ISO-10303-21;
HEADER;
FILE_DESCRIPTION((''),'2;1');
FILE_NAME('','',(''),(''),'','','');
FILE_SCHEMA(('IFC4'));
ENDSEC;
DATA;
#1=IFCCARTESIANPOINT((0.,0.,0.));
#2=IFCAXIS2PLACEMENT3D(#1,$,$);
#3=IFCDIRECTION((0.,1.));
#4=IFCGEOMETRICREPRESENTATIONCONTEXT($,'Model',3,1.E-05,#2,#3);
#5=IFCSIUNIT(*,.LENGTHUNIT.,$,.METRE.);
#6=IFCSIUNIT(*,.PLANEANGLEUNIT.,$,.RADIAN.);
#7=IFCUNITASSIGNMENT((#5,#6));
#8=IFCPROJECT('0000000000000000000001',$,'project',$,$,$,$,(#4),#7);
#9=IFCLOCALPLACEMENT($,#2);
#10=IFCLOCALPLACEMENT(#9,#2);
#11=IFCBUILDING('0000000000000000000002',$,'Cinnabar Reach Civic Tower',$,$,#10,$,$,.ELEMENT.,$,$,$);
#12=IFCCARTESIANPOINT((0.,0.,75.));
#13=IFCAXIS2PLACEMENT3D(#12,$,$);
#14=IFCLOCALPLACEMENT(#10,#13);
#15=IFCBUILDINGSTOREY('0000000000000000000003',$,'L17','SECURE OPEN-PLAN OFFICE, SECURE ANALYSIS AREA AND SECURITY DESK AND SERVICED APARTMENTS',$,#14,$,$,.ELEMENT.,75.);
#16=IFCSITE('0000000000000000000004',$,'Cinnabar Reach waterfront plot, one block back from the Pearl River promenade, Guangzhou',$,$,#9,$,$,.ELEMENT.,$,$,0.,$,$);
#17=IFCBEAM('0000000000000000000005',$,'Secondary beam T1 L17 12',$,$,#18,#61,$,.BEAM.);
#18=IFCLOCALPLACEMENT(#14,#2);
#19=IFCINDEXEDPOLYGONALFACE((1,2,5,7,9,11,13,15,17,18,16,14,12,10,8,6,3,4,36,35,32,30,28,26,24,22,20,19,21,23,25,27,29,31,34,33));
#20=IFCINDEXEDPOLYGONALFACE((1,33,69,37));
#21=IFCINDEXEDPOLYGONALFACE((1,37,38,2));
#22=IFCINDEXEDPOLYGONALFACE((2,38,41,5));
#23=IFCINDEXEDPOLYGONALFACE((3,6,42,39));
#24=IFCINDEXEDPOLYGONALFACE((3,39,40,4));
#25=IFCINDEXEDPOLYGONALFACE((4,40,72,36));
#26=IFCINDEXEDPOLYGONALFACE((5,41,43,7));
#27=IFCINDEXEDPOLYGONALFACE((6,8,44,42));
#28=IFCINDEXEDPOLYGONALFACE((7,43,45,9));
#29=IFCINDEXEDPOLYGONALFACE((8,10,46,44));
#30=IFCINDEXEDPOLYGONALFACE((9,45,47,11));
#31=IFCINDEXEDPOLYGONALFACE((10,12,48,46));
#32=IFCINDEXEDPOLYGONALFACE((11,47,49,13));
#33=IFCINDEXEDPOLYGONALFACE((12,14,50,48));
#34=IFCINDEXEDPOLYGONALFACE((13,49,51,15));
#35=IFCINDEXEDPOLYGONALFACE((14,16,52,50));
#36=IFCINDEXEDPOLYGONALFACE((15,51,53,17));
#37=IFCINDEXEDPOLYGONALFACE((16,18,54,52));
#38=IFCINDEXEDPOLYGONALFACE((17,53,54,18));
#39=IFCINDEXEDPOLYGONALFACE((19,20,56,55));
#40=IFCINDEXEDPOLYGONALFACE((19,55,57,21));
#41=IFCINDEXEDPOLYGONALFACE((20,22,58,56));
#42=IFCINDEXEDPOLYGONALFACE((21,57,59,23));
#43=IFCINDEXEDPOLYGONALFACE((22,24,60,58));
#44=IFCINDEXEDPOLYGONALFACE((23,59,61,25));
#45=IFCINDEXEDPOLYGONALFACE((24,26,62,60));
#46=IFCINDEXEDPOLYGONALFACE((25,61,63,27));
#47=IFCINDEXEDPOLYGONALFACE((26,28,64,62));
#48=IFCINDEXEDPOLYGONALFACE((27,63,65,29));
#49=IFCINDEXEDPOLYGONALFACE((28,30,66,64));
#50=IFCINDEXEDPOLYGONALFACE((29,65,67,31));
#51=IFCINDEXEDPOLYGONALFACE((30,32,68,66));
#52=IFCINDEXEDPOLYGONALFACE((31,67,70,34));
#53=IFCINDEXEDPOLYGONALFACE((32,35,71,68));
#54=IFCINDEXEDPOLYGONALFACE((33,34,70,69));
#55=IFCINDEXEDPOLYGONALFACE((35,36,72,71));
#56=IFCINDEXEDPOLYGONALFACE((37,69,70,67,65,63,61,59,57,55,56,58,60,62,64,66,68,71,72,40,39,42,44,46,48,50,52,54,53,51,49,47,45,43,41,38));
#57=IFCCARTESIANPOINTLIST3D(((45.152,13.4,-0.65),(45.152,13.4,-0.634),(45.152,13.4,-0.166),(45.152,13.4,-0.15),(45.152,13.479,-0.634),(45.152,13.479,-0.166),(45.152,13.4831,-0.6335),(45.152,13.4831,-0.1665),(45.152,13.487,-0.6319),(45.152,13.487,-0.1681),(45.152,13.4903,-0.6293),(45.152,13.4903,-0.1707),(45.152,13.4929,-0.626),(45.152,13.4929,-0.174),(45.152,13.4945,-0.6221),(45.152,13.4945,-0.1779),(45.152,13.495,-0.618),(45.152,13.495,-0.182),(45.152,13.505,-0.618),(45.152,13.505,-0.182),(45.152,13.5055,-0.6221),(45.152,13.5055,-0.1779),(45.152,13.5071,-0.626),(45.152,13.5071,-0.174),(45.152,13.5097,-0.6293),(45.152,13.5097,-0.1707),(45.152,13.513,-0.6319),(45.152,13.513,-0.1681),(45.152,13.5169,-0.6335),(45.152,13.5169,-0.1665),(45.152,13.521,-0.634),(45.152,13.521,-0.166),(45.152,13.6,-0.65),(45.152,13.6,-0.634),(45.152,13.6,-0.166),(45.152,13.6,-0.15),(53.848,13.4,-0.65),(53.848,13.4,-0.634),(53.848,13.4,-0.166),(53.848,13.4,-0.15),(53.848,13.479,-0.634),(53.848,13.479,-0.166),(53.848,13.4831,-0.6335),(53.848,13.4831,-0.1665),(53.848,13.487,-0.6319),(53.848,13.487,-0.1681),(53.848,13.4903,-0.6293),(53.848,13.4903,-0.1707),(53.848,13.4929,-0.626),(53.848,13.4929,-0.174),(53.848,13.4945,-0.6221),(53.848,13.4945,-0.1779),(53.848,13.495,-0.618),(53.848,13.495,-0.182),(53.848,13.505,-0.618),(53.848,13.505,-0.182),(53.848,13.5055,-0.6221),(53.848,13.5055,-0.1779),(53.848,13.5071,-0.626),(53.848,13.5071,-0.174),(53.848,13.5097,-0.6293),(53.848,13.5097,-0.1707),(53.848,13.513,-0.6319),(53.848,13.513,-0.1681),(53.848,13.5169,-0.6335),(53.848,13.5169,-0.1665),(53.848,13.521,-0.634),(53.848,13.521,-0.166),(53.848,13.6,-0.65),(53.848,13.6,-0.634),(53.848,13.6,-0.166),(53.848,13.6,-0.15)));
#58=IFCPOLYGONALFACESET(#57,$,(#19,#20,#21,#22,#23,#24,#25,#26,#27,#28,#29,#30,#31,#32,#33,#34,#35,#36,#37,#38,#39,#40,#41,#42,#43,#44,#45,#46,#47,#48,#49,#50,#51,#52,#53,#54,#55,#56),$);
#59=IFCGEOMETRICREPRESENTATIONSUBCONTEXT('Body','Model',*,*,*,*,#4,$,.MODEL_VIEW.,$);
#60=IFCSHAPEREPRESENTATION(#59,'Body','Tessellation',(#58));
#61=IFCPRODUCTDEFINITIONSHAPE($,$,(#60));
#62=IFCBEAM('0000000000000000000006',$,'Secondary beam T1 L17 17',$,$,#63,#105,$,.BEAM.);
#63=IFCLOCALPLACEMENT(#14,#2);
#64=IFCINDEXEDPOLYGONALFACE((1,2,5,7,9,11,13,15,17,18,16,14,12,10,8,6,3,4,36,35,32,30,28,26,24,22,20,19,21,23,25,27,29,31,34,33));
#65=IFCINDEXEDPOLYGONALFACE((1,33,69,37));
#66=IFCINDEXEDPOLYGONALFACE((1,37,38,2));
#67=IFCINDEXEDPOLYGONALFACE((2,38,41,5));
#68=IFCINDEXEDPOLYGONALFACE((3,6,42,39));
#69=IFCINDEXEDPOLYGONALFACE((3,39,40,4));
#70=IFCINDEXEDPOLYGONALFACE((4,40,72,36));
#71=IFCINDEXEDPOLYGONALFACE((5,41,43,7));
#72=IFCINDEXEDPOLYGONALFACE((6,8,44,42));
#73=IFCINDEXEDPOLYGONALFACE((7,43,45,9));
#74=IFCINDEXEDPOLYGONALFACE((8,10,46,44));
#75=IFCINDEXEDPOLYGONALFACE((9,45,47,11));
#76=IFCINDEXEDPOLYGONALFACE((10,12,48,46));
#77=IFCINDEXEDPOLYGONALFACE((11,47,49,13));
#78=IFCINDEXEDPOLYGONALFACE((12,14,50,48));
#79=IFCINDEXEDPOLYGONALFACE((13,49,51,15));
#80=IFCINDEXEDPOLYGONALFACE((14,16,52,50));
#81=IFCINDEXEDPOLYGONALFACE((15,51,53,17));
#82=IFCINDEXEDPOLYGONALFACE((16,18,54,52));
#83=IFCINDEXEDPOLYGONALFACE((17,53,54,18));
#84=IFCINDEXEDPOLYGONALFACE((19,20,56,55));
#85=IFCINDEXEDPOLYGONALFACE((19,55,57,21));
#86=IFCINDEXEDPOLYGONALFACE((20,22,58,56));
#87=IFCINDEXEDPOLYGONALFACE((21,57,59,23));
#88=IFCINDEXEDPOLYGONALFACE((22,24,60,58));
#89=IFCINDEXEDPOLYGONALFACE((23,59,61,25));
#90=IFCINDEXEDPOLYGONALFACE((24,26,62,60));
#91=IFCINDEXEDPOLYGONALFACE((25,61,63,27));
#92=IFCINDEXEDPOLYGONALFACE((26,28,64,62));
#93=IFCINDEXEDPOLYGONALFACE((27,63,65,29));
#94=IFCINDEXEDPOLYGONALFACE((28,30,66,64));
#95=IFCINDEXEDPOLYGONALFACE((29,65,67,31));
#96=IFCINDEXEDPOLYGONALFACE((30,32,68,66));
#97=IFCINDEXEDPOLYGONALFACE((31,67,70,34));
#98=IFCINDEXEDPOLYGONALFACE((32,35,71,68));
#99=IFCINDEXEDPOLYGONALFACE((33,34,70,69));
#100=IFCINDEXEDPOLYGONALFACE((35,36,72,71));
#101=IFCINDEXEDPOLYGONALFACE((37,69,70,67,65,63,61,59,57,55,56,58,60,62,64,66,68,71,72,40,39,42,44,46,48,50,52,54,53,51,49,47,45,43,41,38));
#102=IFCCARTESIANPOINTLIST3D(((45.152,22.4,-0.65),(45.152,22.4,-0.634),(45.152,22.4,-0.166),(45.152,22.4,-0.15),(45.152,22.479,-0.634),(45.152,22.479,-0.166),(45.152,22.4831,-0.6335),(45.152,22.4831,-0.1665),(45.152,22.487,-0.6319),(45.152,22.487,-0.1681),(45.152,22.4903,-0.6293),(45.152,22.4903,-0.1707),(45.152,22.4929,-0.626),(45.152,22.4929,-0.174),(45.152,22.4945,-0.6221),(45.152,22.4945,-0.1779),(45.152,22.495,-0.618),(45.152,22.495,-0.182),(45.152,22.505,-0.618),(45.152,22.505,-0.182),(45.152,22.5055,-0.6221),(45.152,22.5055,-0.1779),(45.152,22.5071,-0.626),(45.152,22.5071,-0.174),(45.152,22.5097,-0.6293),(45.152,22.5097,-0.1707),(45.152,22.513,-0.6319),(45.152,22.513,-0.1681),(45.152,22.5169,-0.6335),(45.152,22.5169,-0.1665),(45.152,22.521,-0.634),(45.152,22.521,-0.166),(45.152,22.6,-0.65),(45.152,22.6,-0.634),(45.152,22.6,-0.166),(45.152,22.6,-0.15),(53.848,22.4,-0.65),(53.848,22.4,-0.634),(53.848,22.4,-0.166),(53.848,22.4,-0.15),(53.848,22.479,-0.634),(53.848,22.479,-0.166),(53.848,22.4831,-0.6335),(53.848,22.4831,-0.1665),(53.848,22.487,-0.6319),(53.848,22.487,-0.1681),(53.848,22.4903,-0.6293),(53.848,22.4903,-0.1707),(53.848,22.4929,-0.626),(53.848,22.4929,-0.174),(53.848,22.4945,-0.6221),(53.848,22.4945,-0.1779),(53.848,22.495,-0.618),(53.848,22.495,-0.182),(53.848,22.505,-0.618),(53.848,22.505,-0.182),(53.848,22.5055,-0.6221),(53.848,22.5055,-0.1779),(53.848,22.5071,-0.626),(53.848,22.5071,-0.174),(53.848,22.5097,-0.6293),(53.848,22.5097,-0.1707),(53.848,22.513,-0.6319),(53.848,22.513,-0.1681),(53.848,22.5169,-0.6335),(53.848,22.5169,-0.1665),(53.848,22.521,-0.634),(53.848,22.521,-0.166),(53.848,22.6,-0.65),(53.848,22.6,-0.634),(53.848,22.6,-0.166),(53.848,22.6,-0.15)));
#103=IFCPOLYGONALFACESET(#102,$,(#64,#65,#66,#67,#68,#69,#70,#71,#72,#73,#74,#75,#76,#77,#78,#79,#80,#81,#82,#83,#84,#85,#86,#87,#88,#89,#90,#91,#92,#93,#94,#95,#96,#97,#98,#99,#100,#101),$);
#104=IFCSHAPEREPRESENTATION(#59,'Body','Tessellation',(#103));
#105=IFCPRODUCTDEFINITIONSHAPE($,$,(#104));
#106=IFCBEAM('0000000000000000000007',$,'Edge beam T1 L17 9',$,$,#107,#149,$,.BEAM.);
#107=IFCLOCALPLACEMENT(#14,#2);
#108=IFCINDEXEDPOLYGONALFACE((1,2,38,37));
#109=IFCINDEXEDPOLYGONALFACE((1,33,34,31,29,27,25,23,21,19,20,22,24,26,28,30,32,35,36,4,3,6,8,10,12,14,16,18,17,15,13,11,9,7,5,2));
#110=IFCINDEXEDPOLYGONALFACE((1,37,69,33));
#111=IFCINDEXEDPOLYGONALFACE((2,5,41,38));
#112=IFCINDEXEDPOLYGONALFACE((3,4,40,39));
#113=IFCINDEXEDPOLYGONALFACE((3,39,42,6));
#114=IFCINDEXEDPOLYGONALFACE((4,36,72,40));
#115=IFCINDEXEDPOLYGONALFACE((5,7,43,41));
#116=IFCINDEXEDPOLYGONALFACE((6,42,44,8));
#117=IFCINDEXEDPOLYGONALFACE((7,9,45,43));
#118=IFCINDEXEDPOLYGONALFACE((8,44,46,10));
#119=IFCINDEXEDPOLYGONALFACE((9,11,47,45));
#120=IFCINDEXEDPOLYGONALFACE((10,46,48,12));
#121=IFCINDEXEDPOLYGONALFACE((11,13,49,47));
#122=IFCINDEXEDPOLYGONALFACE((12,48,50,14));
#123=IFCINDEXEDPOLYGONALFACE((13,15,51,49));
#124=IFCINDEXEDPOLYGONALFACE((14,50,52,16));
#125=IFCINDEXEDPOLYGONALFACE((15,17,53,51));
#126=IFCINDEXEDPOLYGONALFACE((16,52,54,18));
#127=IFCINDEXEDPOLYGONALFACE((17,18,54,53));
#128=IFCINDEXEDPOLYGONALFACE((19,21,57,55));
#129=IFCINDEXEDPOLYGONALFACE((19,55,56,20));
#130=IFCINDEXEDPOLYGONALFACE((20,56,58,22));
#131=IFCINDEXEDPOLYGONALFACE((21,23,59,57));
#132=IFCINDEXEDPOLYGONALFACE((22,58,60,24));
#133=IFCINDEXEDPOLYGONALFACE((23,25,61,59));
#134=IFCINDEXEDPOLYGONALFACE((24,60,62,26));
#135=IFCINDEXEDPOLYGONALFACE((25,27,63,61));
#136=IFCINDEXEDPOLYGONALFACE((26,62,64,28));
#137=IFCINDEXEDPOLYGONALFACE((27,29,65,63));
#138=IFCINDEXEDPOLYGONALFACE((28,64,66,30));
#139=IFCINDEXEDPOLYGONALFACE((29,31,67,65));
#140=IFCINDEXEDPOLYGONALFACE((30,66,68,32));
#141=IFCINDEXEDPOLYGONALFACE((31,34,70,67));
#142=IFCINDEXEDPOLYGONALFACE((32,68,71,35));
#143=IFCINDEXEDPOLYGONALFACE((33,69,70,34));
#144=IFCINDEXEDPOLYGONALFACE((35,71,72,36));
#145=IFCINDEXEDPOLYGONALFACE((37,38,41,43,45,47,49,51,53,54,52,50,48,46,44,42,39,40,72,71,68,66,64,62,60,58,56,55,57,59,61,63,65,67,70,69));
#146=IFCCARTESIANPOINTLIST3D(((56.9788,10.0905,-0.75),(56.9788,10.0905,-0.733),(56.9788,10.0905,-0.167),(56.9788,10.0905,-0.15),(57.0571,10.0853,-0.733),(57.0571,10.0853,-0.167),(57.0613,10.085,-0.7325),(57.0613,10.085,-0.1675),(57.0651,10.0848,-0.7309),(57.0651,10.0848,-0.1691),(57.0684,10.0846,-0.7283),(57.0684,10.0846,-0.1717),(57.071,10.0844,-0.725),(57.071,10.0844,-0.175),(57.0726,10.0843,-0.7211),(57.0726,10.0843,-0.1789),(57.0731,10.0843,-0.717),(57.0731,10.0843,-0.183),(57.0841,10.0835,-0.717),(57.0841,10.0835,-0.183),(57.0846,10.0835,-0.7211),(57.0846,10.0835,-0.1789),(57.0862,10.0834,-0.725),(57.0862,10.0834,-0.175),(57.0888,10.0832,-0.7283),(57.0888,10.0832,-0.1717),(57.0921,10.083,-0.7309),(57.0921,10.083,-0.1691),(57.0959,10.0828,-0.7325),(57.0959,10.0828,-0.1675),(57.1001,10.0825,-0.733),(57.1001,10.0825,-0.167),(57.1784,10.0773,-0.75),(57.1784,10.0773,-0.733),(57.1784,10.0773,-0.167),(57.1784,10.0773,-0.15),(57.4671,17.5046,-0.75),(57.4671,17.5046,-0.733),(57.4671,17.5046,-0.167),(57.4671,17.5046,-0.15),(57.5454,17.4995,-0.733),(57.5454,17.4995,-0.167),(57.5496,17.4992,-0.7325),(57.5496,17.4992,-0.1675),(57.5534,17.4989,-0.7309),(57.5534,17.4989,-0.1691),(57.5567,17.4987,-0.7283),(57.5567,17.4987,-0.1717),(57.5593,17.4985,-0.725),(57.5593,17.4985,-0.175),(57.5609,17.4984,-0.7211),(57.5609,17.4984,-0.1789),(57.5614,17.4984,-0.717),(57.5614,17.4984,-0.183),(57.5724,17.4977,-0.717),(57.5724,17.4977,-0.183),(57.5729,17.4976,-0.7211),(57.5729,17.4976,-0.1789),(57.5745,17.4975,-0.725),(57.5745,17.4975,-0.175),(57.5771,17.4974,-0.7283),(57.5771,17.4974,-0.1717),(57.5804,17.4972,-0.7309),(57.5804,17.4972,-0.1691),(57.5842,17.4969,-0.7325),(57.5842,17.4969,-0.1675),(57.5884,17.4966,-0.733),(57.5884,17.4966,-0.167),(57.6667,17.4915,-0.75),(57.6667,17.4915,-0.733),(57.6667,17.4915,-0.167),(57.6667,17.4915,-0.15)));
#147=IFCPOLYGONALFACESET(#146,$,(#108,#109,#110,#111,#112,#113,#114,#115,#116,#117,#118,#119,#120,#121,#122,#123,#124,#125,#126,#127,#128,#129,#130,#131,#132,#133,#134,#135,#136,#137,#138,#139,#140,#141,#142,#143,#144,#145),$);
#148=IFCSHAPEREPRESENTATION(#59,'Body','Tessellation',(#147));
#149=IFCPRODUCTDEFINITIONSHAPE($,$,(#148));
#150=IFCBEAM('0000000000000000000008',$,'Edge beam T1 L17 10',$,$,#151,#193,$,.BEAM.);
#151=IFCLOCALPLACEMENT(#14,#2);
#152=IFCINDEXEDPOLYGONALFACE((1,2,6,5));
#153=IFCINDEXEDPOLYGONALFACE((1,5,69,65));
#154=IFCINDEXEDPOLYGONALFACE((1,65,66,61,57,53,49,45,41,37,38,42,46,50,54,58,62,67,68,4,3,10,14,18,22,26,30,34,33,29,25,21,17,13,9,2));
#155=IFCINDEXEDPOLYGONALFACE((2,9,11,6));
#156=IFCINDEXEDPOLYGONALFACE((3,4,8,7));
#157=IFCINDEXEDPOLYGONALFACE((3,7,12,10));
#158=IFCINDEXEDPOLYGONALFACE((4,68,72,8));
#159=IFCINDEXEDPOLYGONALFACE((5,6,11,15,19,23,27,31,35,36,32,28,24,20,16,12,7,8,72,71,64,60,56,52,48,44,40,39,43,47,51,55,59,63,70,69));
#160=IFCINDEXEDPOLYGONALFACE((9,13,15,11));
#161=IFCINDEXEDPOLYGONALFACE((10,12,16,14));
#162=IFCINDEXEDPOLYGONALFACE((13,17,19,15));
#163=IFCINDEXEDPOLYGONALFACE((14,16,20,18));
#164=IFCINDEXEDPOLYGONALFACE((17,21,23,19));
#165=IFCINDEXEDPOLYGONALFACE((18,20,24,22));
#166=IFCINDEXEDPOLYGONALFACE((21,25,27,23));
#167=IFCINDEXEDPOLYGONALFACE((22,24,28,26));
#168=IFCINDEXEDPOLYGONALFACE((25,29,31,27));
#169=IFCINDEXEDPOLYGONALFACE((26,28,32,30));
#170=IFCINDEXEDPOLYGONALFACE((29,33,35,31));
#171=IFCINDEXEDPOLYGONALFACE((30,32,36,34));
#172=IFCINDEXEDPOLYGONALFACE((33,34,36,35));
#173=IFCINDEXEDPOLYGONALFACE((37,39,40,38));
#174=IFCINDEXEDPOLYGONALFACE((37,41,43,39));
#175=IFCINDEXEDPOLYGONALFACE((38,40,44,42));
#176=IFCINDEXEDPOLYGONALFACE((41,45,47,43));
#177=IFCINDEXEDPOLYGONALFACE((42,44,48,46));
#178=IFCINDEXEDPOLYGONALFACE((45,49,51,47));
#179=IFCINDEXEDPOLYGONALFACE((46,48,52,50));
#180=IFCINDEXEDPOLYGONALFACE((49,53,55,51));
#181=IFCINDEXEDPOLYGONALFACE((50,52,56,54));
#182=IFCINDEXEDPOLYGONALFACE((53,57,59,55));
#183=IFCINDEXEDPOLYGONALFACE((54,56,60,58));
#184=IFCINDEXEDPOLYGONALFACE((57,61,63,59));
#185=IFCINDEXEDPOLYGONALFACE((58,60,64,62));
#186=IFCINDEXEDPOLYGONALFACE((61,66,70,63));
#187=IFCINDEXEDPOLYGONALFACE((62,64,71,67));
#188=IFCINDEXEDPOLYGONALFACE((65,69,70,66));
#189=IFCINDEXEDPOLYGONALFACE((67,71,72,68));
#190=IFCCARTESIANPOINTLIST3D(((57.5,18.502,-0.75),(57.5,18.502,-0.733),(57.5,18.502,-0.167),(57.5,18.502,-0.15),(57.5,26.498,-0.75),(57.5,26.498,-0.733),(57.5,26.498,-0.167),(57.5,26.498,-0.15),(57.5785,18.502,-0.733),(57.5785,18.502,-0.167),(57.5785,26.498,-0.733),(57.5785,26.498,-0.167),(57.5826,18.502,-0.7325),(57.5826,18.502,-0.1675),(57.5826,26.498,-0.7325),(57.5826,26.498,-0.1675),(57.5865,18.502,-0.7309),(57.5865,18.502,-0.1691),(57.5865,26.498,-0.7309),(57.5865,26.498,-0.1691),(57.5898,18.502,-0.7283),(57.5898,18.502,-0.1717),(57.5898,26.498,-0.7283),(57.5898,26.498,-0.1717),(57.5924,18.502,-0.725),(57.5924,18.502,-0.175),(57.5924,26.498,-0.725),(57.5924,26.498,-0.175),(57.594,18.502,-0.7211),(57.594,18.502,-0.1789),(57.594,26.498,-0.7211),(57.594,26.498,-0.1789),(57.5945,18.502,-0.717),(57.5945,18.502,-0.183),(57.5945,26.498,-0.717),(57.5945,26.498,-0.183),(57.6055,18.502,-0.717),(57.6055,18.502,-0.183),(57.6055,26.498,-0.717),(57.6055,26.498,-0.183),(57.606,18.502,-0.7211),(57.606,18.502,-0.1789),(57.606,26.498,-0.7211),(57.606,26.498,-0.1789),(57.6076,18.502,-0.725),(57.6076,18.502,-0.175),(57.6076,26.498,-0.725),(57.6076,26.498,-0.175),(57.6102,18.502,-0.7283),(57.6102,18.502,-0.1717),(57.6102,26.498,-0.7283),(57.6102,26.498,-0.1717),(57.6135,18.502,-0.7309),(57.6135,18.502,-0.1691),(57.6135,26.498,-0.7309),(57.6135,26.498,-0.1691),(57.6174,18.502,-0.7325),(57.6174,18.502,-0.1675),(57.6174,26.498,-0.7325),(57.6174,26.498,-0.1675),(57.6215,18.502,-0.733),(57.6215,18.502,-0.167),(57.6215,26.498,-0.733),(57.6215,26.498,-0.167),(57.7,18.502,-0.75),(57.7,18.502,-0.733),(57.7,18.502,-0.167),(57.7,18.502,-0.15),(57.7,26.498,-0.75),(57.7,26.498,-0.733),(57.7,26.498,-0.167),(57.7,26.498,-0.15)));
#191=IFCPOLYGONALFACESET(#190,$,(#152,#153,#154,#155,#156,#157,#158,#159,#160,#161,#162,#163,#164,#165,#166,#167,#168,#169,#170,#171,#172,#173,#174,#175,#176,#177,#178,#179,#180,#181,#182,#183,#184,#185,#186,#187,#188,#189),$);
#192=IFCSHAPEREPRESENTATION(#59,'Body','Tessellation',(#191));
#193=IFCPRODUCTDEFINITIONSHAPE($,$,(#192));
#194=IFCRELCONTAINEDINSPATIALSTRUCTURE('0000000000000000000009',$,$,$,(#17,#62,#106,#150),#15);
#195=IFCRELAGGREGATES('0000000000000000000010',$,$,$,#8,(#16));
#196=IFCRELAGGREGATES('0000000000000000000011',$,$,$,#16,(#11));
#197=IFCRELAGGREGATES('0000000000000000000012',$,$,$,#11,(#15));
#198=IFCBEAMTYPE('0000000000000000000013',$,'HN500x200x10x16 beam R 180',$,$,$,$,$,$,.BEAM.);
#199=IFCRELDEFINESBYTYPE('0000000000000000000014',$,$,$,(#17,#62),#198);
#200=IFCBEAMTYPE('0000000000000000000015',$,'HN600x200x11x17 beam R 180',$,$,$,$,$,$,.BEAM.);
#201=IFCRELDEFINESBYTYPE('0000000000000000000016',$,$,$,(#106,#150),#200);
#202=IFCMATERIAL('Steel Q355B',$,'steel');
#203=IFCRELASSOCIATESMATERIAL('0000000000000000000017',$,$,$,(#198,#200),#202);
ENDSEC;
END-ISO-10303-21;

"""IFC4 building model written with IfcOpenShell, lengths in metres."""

from ifc_helpers import new_model, si_unit, direction, frame, origin, origin_2d, place, context, subcontext, project, spatial, i_section, extrude, material, material_profile, profile_set, type_object, element, save


model = new_model("IFC4")

# Units and contexts
model_context = context("Model", 3, precision=1e-05, world=origin(), true_north=direction((0.0, 1.0)))
body_context = subcontext(model_context, "Body", "Model", "MODEL_VIEW")
ifc_project = project(units=[si_unit("LENGTHUNIT", "METRE"), si_unit("PLANEANGLEUNIT", "RADIAN")], contexts=[model_context])

# Site, building, storey
site_placement = place(None, origin())
site = spatial("IfcSite", under=ifc_project, at=site_placement, Name="Cinnabar Reach waterfront plot, one block back from the Pearl River promenade, Guangzhou", CompositionType="ELEMENT", RefElevation=0.0)
building_placement = place(site_placement, origin())
building = spatial("IfcBuilding", under=site, at=building_placement, Name="Cinnabar Reach Civic Tower", CompositionType="ELEMENT")
storey_placement = place(building_placement, frame((0.0, 0.0, 75.0)))
storey = spatial("IfcBuildingStorey", under=building, at=storey_placement, Name="L17", Description="SECURE OPEN-PLAN OFFICE, SECURE ANALYSIS AREA AND SECURITY DESK AND SERVICED APARTMENTS", CompositionType="ELEMENT", Elevation=75.0)

# Beams
ifc_material_1 = material(Name="Steel Q355B", Category="steel")
ifc_material_profile_1 = material_profile(ifc_material_1, i_section(OverallWidth=0.2, OverallDepth=0.5, WebThickness=0.01, FlangeThickness=0.016, FilletRadius=0.016, at=origin_2d()), Name="HN500x200x10x16")
ifc_profile_set_1 = profile_set([ifc_material_profile_1], Name="Steel Q355B")
beam_type_1 = type_object("IfcBeamType", Name="HN500x200x10x16 beam R 180", PredefinedType="BEAM", material=ifc_profile_set_1)
for number, where, z_axis, x_axis, name in (
    (1, (45.152, 13.5, -0.4), (1.0, 0.0, 0.0), (0.0, 1.0, 0.0), "Secondary beam T1 L17 12"),
    (2, (45.152, 22.5, -0.4), (1.0, 0.0, 0.0), (0.0, 1.0, 0.0), "Secondary beam T1 L17 17"),
):
    element("IfcBeam", number, at=place(storey_placement, frame(where, z_axis=z_axis, x_axis=x_axis)), inside=storey, type_object=beam_type_1, Name=name, PredefinedType="BEAM", context=body_context, shape_type="SweptSolid", body=[
        extrude(i_section(OverallWidth=0.2, OverallDepth=0.5, WebThickness=0.01, FlangeThickness=0.016, FilletRadius=0.016, at=origin_2d()), origin(), (0.0, 0.0, 1.0), 8.696),
    ])
ifc_material_profile_2 = material_profile(ifc_material_1, i_section(OverallWidth=0.2, OverallDepth=0.6, WebThickness=0.011, FlangeThickness=0.017, FilletRadius=0.016, at=origin_2d()), Name="HN600x200x11x17")
ifc_profile_set_2 = profile_set([ifc_material_profile_2], Name="Steel Q355B")
beam_type_2 = type_object("IfcBeamType", Name="HN600x200x11x17 beam R 180", PredefinedType="BEAM", material=ifc_profile_set_2)
beam_1_placement = place(storey_placement, frame((57.0786, 10.0839, -0.45), z_axis=(0.065719, 0.997838, 0.0), x_axis=(-0.997838, 0.065719, 0.0)))
element("IfcBeam", 3, at=beam_1_placement, inside=storey, type_object=beam_type_2, Name="Edge beam T1 L17 9", PredefinedType="BEAM", context=body_context, shape_type="SweptSolid", body=[
    extrude(i_section(OverallWidth=0.2, OverallDepth=0.6, WebThickness=0.011, FlangeThickness=0.017, FilletRadius=0.016, at=origin_2d()), origin(), (0.0, 0.0, 1.0), 7.4302),
])
beam_2_placement = place(storey_placement, frame((57.6, 18.502, -0.45), z_axis=(0.0, 1.0, 0.0), x_axis=(-1.0, 0.0, 0.0)))
element("IfcBeam", 4, at=beam_2_placement, inside=storey, type_object=beam_type_2, Name="Edge beam T1 L17 10", PredefinedType="BEAM", context=body_context, shape_type="SweptSolid", body=[
    extrude(i_section(OverallWidth=0.2, OverallDepth=0.6, WebThickness=0.011, FlangeThickness=0.017, FilletRadius=0.016, at=origin_2d()), origin(), (0.0, 0.0, 1.0), 7.996),
])

save(model, "model.ifc")
